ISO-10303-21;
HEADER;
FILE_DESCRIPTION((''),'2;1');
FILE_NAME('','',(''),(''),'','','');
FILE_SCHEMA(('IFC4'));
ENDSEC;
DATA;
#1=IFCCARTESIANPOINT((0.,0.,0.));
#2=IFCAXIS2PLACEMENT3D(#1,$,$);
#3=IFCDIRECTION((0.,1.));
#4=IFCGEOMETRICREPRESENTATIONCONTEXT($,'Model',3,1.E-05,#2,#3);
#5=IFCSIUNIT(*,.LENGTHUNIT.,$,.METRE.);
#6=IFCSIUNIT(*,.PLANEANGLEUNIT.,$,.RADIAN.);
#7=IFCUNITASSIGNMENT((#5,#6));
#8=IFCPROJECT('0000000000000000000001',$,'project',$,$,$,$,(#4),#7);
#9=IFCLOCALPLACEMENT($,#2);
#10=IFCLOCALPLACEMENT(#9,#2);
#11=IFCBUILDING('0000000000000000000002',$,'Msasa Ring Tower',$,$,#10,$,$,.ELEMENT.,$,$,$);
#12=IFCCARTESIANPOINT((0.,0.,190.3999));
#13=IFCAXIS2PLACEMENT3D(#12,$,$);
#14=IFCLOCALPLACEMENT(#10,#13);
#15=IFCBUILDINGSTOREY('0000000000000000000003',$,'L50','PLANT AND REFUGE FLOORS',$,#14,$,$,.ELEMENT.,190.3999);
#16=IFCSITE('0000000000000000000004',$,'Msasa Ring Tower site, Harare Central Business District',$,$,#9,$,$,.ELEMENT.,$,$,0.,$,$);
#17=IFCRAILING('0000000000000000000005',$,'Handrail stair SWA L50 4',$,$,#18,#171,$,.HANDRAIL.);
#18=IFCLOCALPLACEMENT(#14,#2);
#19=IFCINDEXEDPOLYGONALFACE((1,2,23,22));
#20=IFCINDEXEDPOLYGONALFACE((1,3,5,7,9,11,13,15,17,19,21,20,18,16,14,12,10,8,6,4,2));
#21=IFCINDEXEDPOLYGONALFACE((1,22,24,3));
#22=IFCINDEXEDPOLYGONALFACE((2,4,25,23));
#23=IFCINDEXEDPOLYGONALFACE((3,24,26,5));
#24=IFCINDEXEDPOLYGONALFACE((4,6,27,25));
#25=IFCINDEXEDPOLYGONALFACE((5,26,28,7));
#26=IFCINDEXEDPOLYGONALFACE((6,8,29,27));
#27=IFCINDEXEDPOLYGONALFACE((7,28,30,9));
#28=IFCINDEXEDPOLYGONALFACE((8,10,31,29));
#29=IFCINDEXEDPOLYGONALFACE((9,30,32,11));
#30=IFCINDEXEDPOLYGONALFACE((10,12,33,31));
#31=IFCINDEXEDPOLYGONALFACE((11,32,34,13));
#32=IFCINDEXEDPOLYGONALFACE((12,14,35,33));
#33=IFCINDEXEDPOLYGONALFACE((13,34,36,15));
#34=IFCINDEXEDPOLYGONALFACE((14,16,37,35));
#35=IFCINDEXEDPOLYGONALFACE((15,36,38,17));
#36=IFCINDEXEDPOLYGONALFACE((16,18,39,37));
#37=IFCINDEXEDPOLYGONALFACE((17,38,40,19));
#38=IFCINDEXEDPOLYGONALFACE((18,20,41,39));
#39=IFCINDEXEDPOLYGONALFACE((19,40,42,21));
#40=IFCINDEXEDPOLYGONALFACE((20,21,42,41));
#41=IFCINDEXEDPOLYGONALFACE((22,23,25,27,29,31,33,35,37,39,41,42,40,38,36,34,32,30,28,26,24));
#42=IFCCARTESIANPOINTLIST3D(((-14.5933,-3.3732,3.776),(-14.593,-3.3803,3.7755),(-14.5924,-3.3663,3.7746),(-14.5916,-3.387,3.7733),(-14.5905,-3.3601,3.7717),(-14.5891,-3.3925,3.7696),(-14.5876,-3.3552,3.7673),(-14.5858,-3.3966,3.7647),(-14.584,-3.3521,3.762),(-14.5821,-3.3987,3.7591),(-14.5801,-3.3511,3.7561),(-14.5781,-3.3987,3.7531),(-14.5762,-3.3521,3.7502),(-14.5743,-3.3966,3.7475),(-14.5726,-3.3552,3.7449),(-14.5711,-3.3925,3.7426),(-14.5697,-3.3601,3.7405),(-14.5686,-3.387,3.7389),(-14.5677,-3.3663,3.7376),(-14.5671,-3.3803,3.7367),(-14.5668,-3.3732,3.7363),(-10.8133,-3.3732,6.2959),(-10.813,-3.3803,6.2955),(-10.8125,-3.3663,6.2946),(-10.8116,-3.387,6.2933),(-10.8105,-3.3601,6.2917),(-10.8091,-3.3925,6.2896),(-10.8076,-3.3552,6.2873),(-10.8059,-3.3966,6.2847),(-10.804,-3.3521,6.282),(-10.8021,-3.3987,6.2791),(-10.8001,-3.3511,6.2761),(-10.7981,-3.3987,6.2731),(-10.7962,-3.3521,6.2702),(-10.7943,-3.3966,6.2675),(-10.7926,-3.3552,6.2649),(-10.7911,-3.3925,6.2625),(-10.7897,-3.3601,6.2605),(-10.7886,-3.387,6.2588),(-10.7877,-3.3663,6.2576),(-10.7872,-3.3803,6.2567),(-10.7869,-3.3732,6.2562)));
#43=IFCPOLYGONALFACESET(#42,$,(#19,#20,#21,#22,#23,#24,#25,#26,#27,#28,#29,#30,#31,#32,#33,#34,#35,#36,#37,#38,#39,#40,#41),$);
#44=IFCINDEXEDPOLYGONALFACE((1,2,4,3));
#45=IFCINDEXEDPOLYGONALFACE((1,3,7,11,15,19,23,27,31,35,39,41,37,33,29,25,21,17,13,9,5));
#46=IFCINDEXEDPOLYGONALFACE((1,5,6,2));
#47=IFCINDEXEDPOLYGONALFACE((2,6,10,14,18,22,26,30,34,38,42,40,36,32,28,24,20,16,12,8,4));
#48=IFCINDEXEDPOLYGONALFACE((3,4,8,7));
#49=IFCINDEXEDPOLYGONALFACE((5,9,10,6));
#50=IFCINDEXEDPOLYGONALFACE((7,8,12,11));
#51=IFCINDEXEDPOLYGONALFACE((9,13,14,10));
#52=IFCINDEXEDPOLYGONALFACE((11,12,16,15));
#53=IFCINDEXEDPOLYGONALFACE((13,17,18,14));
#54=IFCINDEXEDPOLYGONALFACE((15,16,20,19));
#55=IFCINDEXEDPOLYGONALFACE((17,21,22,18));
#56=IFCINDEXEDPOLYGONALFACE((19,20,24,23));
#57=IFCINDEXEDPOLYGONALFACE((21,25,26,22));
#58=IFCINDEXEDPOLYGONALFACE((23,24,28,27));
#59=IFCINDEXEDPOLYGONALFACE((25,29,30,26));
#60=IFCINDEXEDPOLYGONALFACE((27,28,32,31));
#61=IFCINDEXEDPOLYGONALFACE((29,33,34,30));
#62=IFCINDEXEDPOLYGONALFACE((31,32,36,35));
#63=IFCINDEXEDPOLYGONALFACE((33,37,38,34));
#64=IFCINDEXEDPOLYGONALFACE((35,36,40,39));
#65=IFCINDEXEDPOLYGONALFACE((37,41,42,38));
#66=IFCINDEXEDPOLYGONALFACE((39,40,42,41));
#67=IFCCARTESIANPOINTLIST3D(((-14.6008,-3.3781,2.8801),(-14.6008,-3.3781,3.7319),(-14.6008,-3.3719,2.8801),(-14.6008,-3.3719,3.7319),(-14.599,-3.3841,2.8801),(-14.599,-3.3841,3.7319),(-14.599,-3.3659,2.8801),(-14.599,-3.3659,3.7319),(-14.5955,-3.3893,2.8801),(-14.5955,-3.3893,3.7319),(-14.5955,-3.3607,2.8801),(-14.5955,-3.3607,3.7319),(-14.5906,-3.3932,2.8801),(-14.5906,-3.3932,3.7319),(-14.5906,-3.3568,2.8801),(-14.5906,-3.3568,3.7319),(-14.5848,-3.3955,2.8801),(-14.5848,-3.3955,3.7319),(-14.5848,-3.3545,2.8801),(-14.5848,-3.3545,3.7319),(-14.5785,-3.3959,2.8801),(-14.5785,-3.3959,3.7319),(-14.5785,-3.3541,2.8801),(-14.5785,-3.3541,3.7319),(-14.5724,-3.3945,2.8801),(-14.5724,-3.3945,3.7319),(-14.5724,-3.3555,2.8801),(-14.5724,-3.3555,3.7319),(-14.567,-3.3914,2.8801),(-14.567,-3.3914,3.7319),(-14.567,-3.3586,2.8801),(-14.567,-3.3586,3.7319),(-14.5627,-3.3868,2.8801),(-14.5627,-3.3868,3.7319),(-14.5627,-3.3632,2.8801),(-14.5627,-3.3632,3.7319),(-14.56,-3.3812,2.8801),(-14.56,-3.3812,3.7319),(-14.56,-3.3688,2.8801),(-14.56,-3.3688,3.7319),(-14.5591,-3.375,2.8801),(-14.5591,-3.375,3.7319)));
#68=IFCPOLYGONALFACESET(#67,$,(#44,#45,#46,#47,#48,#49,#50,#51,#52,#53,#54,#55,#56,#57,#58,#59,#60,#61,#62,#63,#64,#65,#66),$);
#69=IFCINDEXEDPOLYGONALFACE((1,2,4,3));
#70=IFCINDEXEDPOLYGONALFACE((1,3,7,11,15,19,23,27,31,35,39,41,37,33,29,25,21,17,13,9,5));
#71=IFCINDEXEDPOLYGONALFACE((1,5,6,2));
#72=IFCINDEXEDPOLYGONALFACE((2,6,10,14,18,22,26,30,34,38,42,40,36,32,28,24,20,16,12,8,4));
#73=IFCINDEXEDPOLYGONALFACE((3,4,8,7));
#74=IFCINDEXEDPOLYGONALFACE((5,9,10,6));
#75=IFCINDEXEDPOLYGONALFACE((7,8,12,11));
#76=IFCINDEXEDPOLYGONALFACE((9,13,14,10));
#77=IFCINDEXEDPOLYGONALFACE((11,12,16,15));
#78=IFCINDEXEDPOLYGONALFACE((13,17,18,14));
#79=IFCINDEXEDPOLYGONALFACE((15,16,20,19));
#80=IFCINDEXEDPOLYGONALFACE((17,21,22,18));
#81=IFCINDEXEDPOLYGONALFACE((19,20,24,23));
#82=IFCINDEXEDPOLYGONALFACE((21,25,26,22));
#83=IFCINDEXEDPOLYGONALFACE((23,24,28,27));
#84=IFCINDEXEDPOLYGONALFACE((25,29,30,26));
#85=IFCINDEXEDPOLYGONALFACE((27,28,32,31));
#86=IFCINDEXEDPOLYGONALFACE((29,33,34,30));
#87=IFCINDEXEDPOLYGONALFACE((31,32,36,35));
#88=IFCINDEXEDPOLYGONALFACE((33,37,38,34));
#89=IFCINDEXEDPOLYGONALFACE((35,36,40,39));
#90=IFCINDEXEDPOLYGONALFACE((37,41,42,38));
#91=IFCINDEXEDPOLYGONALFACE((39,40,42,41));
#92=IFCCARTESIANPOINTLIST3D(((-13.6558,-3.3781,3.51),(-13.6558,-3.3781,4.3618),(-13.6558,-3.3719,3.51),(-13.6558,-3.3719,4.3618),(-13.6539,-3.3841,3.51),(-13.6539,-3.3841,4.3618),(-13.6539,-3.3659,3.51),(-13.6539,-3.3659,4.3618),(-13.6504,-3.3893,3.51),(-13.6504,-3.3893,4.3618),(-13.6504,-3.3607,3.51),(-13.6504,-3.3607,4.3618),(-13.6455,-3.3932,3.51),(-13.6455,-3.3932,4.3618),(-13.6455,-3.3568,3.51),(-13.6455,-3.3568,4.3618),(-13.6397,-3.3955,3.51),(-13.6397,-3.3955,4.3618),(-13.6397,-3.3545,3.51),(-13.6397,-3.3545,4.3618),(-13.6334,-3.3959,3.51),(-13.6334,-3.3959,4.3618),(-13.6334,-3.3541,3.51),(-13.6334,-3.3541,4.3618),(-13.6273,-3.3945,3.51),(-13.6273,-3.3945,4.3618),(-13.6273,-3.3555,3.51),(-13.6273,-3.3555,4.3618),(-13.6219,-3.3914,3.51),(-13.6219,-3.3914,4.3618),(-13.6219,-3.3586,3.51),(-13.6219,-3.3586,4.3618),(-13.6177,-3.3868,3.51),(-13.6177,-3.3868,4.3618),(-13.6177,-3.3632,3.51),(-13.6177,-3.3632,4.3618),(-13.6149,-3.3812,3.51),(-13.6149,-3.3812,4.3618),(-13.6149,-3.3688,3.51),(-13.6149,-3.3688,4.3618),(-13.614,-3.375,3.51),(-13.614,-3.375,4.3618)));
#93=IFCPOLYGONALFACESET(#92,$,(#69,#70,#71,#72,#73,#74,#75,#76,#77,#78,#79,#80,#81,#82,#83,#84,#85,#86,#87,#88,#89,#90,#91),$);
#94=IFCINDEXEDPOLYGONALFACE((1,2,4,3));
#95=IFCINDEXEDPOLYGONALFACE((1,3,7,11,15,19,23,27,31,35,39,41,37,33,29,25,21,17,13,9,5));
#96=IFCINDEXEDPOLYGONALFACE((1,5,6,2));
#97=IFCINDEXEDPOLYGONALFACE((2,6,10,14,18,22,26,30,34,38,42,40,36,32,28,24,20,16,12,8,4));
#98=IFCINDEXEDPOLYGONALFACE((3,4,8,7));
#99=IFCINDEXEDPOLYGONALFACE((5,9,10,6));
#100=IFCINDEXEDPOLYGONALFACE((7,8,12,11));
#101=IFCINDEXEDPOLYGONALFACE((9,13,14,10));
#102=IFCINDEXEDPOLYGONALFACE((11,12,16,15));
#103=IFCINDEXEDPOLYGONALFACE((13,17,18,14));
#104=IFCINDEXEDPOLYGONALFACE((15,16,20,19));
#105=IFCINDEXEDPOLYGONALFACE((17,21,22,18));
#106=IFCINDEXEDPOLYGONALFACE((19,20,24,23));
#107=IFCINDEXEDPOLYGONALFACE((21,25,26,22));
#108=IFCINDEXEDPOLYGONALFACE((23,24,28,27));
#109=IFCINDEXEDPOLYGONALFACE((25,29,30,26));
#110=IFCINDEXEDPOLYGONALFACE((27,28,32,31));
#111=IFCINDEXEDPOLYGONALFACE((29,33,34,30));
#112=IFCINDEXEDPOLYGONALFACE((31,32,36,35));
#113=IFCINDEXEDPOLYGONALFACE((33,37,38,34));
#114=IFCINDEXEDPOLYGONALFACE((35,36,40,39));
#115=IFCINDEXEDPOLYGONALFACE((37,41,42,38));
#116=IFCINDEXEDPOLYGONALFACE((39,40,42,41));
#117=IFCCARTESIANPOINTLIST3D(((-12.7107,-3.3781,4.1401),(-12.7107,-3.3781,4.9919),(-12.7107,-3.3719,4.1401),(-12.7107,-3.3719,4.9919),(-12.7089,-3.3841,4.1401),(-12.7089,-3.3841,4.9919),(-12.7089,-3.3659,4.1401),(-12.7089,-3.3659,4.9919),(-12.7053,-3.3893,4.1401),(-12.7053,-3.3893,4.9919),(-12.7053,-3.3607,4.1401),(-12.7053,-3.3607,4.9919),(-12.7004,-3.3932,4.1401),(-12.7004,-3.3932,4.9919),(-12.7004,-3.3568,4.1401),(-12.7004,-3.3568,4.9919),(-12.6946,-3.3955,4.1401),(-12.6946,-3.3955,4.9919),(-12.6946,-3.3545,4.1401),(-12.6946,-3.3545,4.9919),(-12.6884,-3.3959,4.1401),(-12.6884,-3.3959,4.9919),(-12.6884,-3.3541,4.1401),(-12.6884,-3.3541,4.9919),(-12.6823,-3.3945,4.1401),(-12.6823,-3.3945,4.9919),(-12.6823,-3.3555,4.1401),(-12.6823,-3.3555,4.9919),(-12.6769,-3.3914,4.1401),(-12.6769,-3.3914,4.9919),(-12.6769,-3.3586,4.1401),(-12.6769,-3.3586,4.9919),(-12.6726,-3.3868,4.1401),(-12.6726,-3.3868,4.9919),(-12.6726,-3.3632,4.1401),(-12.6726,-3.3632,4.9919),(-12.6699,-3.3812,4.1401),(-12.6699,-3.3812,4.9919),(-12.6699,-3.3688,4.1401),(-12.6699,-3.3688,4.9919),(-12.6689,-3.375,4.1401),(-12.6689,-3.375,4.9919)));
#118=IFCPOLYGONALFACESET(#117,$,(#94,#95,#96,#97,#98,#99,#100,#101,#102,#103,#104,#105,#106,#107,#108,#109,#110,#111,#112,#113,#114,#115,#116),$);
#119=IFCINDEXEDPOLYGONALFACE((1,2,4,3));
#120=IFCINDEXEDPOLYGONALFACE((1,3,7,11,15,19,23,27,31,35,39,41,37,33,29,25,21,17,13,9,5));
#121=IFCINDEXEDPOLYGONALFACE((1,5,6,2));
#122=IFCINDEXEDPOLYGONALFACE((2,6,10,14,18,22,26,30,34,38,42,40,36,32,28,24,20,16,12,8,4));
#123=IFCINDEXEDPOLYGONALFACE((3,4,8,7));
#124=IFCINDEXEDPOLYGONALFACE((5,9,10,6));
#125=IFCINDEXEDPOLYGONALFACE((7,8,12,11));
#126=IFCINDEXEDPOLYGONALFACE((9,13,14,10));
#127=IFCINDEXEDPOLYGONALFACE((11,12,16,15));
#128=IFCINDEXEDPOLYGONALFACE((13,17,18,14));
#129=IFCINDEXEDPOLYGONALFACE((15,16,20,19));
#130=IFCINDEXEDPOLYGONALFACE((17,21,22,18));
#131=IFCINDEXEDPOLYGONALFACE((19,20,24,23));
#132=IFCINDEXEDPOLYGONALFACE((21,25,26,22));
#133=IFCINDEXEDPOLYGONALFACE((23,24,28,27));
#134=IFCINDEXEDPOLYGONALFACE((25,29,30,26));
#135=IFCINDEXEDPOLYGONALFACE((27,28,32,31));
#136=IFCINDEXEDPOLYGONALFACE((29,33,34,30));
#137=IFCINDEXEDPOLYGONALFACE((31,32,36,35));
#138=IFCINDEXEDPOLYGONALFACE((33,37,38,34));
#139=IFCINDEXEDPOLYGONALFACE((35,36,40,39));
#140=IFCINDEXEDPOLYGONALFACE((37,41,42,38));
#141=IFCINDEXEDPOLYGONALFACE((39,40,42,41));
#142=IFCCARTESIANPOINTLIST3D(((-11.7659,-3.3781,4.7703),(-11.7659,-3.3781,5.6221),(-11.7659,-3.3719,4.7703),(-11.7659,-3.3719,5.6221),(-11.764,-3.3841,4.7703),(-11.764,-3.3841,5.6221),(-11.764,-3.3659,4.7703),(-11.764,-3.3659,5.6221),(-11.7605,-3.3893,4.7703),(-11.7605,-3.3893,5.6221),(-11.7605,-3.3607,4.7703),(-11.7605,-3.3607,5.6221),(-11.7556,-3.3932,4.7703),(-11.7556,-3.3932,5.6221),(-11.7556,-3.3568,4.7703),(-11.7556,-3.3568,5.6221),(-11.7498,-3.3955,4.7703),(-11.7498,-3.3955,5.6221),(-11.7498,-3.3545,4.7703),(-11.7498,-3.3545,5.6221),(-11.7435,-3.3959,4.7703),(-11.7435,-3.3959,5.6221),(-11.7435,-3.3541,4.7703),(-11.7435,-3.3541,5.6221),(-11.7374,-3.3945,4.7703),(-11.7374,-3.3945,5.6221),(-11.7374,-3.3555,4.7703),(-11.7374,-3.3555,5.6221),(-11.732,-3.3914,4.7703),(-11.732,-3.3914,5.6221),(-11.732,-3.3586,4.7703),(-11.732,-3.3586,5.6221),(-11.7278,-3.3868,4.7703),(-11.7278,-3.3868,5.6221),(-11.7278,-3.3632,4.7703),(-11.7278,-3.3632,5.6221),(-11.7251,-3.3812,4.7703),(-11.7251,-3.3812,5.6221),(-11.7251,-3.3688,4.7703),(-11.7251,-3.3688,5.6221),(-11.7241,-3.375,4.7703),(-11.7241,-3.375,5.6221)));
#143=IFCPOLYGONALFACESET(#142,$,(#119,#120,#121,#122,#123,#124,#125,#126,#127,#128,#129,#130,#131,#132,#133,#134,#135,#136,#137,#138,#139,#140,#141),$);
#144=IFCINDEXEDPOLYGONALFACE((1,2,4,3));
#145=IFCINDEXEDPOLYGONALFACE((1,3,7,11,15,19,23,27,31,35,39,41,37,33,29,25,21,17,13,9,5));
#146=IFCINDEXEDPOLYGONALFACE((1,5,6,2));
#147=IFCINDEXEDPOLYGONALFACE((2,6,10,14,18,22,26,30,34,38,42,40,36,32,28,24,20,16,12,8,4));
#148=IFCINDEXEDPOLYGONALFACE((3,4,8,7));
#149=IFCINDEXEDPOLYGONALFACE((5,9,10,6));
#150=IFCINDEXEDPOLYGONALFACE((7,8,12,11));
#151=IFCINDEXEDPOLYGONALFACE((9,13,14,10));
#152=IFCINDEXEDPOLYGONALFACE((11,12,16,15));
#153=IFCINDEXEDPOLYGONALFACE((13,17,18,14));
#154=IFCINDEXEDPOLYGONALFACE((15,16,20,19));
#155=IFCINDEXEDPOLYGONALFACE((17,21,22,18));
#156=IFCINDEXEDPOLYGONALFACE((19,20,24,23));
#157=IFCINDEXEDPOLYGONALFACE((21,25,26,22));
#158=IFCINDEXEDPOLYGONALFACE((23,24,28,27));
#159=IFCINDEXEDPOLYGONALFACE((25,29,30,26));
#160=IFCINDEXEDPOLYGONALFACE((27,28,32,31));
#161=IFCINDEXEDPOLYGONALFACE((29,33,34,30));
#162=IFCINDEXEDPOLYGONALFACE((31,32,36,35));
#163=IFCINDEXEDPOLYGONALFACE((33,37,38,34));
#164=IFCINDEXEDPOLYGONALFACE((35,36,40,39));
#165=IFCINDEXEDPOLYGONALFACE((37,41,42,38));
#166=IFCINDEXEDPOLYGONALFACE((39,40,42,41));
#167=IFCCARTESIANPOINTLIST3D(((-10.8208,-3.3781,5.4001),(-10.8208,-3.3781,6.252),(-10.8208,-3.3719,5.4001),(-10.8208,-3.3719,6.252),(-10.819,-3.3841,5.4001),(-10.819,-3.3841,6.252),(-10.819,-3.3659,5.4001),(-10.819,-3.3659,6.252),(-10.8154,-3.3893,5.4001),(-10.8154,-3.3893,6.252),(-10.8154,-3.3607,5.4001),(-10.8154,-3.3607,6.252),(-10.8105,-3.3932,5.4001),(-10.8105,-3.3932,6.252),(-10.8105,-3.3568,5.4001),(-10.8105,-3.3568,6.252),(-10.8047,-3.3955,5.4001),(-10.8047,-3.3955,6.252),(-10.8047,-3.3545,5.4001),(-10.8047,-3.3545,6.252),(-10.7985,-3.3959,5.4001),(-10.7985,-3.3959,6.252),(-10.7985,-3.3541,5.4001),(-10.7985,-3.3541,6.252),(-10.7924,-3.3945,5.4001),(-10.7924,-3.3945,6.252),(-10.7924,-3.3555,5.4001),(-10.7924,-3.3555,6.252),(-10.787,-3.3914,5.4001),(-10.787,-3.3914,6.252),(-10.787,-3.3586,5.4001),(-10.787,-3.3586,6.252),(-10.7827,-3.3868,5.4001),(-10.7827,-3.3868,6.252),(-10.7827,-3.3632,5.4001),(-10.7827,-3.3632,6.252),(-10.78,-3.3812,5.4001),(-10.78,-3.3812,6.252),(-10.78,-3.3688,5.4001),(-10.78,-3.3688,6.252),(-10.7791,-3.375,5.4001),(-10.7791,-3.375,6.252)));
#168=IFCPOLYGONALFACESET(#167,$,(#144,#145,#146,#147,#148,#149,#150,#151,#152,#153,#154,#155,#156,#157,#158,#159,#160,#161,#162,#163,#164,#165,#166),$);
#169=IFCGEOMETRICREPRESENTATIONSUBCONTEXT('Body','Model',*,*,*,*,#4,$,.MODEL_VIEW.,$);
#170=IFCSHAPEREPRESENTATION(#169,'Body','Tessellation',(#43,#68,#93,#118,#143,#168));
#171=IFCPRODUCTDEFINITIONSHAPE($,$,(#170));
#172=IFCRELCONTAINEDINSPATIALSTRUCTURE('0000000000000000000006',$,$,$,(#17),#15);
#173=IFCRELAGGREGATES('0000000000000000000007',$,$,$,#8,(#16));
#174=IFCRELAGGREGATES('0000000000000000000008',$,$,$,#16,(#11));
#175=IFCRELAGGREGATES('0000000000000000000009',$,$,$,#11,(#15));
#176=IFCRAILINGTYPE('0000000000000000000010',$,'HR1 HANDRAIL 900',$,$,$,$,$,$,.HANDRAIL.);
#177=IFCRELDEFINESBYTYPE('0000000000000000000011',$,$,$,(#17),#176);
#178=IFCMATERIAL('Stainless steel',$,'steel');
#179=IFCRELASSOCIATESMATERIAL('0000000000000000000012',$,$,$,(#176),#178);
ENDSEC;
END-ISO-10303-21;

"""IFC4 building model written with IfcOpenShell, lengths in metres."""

from ifc_helpers import new_model, si_unit, direction, frame, origin, origin_2d, place, context, subcontext, project, spatial, circle, extrude, material, type_object, element, save


model = new_model("IFC4")

# Units and contexts
model_context = context("Model", 3, precision=1e-05, world=origin(), true_north=direction((0.0, 1.0)))
body_context = subcontext(model_context, "Body", "Model", "MODEL_VIEW")
ifc_project = project(units=[si_unit("LENGTHUNIT", "METRE"), si_unit("PLANEANGLEUNIT", "RADIAN")], contexts=[model_context])

# Site, building, storey
site_placement = place(None, origin())
site = spatial("IfcSite", under=ifc_project, at=site_placement, Name="Msasa Ring Tower site, Harare Central Business District", CompositionType="ELEMENT", RefElevation=0.0)
building_placement = place(site_placement, origin())
building = spatial("IfcBuilding", under=site, at=building_placement, Name="Msasa Ring Tower", CompositionType="ELEMENT")
storey_placement = place(building_placement, frame((0.0, 0.0, 190.3999)))
storey = spatial("IfcBuildingStorey", under=building, at=storey_placement, Name="L50", Description="PLANT AND REFUGE FLOORS", CompositionType="ELEMENT", Elevation=190.3999)

# Railing
ifc_material_1 = material(Name="Stainless steel", Category="steel")
railing_type_1 = type_object("IfcRailingType", Name="HR1 HANDRAIL 900", PredefinedType="HANDRAIL", material=ifc_material_1)
railing_1_placement = place(storey_placement, frame((-14.5801, -3.375, 2.8801)))
element("IfcRailing", 1, at=railing_1_placement, inside=storey, type_object=railing_type_1, Name="Handrail stair SWA L50 4", PredefinedType="HANDRAIL", context=body_context, shape_type="SweptSolid", body=[
    extrude(circle(Radius=0.0239, at=origin_2d()), frame((0.0, 0.0, 0.876), z_axis=(0.83205, 0.0, 0.5547), x_axis=(0.0, 1.0, 0.0)), (0.0, 0.0, 1.0), 4.543),
    extrude(circle(Radius=0.021, at=origin_2d()), origin(), (0.0, 0.0, 1.0), 0.8518),
    extrude(circle(Radius=0.021, at=origin_2d()), frame((0.9451, 0.0, 0.6299)), (0.0, 0.0, 1.0), 0.8518),
    extrude(circle(Radius=0.021, at=origin_2d()), frame((1.8901, 0.0, 1.26)), (0.0, 0.0, 1.0), 0.8518),
    extrude(circle(Radius=0.021, at=origin_2d()), frame((2.835, 0.0, 1.8901)), (0.0, 0.0, 1.0), 0.8518),
    extrude(circle(Radius=0.021, at=origin_2d()), frame((3.78, 0.0, 2.52)), (0.0, 0.0, 1.0), 0.8518),
])

save(model, "model.ifc")
